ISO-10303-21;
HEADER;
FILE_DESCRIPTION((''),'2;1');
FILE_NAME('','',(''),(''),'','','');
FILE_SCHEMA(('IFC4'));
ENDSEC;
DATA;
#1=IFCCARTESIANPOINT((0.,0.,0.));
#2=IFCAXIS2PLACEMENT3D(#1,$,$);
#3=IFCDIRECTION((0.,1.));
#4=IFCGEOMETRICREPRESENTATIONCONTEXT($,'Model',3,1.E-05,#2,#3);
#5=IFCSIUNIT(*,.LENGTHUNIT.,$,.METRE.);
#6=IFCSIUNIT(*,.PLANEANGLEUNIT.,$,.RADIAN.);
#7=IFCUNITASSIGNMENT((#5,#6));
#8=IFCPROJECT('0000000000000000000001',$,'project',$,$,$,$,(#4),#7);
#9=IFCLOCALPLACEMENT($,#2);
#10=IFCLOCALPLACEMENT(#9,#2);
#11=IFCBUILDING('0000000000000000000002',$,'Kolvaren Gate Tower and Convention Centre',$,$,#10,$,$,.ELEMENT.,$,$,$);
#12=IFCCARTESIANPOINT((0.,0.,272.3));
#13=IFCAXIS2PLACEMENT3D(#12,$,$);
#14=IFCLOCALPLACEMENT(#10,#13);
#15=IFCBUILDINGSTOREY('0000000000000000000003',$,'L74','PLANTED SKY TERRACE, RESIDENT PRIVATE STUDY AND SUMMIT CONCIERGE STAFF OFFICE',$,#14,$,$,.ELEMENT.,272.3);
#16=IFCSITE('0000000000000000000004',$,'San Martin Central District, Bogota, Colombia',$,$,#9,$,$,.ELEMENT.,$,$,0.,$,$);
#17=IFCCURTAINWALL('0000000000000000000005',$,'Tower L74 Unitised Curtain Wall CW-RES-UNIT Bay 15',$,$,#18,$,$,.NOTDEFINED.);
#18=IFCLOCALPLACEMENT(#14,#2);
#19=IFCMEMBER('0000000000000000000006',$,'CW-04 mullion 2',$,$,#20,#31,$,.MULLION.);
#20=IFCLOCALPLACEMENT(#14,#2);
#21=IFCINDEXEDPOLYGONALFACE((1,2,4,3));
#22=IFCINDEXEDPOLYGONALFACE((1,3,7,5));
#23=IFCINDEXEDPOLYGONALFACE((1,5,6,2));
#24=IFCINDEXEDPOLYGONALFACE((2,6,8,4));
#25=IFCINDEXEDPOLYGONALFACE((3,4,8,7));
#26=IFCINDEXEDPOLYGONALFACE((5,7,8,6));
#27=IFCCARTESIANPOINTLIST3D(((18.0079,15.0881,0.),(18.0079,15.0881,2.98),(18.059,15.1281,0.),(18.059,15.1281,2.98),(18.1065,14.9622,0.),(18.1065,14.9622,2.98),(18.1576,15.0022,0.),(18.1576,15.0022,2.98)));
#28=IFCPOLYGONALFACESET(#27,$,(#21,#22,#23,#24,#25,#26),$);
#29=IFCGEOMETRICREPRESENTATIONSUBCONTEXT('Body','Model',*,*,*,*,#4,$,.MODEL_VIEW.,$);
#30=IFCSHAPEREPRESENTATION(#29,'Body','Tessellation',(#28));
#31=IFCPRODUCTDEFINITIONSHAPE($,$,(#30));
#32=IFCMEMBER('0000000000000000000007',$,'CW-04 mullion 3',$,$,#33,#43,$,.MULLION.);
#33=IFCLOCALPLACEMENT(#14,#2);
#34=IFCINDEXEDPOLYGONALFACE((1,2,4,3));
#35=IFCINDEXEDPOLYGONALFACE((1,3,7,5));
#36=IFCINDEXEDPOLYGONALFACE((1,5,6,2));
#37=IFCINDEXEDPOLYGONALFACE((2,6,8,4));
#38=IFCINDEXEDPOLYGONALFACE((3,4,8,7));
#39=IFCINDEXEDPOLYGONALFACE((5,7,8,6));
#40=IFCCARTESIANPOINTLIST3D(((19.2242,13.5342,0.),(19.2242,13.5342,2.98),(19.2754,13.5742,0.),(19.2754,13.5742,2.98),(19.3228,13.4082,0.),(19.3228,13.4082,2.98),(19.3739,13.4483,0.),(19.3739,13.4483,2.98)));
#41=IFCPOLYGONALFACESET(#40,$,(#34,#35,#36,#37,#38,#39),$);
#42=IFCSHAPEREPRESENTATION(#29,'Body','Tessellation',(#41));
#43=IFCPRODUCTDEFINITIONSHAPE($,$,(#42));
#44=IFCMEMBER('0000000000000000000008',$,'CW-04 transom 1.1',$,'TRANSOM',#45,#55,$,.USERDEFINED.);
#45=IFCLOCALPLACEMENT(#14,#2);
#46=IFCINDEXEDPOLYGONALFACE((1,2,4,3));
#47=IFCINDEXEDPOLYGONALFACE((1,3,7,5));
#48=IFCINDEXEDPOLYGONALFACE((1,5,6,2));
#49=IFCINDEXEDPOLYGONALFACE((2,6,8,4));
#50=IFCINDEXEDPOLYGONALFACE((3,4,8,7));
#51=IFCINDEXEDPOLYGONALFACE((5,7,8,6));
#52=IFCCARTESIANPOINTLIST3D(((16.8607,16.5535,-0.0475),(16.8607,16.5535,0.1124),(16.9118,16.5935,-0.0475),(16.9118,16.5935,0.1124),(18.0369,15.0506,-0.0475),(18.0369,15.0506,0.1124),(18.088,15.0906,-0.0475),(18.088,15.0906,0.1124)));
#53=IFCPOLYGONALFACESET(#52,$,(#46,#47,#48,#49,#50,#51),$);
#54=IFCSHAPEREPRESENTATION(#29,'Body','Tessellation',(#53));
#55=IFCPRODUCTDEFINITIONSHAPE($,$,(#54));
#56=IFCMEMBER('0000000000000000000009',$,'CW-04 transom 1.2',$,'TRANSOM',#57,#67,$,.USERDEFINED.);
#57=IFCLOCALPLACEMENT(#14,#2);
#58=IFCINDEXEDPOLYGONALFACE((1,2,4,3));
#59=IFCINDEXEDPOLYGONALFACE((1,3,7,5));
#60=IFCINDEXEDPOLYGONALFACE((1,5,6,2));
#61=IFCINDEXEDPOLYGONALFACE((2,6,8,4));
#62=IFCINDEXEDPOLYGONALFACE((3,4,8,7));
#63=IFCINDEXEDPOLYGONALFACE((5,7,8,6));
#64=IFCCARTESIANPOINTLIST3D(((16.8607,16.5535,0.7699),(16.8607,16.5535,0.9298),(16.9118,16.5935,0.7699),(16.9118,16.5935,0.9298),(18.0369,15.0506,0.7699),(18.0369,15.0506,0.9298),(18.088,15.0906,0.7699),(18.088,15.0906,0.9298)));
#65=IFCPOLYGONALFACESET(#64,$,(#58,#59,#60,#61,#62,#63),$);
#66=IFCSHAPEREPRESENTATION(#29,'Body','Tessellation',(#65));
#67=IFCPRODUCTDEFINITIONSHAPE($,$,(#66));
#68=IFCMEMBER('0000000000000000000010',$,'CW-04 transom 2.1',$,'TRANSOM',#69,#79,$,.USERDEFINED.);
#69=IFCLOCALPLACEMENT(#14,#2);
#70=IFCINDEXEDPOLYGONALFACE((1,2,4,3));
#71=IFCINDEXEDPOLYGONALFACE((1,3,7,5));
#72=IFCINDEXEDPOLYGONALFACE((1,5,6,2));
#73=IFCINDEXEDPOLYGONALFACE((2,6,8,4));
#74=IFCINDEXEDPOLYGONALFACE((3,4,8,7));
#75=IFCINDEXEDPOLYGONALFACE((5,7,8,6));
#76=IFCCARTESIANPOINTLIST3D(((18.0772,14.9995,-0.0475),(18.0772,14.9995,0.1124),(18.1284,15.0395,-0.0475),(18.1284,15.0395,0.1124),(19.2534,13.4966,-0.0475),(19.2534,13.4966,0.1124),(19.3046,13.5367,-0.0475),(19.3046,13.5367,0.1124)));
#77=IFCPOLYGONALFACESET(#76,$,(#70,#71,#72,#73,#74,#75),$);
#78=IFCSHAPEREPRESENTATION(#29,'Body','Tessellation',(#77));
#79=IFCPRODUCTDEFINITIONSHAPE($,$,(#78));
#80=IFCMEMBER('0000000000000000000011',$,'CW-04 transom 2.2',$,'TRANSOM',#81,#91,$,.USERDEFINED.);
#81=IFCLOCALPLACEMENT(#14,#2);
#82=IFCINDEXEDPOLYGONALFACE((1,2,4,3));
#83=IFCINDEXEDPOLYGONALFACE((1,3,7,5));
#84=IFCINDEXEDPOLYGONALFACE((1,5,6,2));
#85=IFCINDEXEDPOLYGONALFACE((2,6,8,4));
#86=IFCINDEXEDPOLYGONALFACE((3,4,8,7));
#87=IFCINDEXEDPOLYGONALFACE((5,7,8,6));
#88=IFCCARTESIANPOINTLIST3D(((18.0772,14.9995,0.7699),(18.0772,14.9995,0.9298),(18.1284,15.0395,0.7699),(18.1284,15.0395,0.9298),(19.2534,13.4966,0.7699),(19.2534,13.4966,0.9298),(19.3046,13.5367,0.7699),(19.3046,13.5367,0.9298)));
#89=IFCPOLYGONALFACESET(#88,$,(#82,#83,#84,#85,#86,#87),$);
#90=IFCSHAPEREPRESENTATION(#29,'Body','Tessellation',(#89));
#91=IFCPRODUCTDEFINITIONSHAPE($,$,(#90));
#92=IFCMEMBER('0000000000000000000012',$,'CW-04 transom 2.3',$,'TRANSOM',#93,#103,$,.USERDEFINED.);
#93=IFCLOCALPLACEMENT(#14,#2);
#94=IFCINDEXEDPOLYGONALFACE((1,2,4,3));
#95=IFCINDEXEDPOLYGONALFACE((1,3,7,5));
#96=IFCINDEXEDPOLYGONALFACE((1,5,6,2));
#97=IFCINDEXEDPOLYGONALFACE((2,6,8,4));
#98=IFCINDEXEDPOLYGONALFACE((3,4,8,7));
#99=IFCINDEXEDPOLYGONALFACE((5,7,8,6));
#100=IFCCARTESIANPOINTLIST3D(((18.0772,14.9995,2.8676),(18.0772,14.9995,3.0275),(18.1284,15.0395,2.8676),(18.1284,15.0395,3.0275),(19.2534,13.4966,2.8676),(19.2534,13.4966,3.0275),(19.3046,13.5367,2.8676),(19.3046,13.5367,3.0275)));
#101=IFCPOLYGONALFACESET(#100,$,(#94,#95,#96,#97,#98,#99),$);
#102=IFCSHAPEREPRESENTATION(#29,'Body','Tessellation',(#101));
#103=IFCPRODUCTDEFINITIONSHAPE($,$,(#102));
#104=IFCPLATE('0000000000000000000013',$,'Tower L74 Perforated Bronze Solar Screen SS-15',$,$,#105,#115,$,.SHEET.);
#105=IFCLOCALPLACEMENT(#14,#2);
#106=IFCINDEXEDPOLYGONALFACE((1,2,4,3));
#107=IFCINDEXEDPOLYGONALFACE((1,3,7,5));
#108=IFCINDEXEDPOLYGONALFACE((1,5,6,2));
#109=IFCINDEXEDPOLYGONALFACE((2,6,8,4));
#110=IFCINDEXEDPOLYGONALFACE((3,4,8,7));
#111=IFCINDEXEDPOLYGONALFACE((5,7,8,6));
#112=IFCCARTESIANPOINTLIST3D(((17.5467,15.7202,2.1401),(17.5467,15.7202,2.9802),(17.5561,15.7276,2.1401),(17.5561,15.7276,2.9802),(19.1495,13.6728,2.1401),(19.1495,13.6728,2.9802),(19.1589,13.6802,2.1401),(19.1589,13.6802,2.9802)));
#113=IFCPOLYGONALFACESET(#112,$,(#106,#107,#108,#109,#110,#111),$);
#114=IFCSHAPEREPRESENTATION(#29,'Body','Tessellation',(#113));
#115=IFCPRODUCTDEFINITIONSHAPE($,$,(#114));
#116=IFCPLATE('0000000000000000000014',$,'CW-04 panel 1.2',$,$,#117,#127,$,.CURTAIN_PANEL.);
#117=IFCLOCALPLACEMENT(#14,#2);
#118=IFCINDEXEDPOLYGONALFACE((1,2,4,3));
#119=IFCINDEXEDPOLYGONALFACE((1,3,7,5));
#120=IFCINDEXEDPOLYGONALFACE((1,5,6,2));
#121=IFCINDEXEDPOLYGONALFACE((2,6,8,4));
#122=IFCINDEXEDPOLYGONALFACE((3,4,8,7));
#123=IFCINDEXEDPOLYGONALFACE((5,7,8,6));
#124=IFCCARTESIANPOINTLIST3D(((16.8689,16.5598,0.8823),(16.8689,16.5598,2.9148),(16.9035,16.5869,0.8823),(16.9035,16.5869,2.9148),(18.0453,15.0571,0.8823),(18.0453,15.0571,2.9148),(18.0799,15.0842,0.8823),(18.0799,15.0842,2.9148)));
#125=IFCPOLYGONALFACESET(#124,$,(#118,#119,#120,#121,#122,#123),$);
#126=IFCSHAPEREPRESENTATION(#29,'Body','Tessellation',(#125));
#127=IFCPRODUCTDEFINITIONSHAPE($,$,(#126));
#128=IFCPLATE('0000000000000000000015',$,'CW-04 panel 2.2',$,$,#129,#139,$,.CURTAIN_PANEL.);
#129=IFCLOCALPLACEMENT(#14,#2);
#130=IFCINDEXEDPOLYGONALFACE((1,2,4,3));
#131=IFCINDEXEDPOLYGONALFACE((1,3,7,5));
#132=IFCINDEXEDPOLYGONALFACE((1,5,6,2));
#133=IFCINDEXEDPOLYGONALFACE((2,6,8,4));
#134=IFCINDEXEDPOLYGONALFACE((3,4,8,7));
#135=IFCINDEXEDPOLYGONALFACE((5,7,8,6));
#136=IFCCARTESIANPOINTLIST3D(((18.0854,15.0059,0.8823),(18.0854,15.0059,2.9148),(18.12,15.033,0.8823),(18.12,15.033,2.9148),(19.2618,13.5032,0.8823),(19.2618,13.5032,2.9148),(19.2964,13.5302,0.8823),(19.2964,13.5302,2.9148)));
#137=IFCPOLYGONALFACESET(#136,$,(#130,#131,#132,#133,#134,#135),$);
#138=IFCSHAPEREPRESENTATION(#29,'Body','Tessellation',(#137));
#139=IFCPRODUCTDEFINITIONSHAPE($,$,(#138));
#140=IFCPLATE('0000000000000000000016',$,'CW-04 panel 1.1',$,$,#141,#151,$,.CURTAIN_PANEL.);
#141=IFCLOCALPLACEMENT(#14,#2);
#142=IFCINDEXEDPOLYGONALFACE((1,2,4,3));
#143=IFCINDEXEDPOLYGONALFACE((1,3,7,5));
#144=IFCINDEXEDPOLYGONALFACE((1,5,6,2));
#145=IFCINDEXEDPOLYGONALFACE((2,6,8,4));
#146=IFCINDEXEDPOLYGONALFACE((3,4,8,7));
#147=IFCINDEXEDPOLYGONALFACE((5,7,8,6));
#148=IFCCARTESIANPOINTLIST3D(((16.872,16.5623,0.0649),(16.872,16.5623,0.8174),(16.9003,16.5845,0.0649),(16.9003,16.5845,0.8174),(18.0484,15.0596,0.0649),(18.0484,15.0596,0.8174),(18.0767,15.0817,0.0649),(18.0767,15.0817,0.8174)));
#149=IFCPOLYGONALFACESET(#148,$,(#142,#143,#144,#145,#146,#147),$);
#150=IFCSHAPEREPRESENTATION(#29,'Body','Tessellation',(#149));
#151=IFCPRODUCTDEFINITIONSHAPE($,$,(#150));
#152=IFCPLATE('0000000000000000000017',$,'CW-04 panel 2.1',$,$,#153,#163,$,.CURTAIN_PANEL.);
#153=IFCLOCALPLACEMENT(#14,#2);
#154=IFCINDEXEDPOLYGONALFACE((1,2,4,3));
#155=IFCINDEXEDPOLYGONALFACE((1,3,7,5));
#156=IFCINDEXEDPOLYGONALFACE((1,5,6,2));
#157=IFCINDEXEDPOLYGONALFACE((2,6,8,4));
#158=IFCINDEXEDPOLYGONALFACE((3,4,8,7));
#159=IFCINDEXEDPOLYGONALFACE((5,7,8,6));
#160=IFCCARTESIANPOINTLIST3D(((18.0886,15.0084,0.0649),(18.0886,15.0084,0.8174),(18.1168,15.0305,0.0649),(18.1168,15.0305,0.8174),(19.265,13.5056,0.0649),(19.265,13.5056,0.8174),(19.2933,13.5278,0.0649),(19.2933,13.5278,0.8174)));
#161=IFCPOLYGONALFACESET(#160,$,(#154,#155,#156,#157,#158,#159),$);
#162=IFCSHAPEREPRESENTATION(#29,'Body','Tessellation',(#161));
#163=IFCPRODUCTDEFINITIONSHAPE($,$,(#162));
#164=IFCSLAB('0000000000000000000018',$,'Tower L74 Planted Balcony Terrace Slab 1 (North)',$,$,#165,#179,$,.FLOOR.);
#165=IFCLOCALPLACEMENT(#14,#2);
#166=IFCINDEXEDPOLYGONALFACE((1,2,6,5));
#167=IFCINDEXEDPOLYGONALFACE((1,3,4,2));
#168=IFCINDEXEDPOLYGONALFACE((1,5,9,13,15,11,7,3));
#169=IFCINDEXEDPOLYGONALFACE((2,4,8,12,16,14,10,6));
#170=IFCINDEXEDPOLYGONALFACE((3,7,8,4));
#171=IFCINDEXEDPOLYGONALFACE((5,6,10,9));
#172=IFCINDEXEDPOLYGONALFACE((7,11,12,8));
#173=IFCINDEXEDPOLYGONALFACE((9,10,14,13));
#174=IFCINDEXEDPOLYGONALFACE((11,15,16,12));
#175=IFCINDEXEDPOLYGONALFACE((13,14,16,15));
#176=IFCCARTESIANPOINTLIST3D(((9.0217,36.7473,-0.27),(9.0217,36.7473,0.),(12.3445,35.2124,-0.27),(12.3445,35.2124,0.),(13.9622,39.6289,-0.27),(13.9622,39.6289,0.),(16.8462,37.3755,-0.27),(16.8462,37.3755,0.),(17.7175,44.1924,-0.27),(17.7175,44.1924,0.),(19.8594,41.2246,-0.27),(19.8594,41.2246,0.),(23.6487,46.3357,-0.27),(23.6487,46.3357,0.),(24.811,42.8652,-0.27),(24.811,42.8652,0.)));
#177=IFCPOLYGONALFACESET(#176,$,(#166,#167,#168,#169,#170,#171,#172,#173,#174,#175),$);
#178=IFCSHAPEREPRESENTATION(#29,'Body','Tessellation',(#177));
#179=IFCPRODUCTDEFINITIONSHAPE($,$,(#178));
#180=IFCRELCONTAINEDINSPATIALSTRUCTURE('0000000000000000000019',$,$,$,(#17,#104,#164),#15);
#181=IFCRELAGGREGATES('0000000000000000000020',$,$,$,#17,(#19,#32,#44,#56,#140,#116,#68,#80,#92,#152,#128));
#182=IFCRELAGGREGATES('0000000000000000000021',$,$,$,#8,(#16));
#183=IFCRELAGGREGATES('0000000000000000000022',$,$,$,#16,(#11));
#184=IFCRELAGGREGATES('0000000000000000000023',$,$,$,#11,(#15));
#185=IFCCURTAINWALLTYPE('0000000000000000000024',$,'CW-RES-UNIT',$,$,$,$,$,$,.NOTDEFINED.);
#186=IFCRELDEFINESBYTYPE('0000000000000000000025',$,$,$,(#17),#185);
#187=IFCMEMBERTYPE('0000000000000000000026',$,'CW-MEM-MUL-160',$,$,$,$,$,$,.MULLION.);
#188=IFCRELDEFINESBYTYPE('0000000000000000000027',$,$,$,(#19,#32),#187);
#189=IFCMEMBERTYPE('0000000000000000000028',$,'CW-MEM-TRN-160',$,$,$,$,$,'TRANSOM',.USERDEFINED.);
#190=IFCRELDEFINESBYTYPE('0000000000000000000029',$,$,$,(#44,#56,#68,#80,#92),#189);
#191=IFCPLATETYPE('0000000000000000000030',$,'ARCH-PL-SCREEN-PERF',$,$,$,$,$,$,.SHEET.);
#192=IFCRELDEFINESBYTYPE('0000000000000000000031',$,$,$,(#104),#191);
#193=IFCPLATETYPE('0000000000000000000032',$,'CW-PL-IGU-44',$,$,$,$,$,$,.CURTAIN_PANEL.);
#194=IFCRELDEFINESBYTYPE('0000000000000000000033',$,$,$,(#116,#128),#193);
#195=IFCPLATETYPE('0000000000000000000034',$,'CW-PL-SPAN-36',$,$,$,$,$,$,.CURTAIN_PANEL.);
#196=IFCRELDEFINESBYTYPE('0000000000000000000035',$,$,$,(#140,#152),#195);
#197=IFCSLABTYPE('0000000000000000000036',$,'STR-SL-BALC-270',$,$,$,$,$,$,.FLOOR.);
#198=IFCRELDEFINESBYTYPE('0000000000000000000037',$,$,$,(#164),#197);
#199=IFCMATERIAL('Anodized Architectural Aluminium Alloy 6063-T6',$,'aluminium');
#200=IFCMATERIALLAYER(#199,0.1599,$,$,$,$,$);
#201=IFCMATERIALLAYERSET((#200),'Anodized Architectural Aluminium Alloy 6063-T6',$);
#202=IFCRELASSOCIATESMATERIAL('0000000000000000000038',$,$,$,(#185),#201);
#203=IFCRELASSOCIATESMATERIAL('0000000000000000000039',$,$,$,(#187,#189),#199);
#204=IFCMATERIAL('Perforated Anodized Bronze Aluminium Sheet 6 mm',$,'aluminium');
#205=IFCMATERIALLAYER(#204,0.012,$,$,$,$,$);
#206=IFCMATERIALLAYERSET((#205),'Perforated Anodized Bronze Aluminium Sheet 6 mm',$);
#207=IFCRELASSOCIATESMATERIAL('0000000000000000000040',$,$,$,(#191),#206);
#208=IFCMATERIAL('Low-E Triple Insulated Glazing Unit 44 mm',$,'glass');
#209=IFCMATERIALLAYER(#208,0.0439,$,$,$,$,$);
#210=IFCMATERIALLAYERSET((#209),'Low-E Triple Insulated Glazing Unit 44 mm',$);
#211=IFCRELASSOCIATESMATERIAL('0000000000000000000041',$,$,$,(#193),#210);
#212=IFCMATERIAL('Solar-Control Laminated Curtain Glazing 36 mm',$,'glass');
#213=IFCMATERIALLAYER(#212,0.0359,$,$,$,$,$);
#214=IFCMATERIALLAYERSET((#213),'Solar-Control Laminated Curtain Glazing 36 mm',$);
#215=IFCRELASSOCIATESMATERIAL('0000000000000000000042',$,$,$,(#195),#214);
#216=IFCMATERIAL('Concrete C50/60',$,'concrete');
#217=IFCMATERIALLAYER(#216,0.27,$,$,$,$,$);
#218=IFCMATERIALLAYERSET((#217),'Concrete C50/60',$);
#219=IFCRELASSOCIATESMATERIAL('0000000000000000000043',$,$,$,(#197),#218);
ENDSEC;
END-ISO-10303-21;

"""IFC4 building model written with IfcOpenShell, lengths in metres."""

from ifc_helpers import new_model, si_unit, direction, frame, origin, origin_2d, place, context, subcontext, project, spatial, polyline, rectangle, outline, extrude, material, layer, layer_set, material_profile, profile_set, type_object, element, aggregate, save


model = new_model("IFC4")

# Units and contexts
model_context = context("Model", 3, precision=1e-05, world=origin(), true_north=direction((0.0, 1.0)))
body_context = subcontext(model_context, "Body", "Model", "MODEL_VIEW")
ifc_project = project(units=[si_unit("LENGTHUNIT", "METRE"), si_unit("PLANEANGLEUNIT", "RADIAN")], contexts=[model_context])

# Site, building, storey
site_placement = place(None, origin())
site = spatial("IfcSite", under=ifc_project, at=site_placement, Name="San Martin Central District, Bogota, Colombia", CompositionType="ELEMENT", RefElevation=0.0)
building_placement = place(site_placement, origin())
building = spatial("IfcBuilding", under=site, at=building_placement, Name="Kolvaren Gate Tower and Convention Centre", CompositionType="ELEMENT")
storey_placement = place(building_placement, frame((0.0, 0.0, 272.3)))
storey = spatial("IfcBuildingStorey", under=building, at=storey_placement, Name="L74", Description="PLANTED SKY TERRACE, RESIDENT PRIVATE STUDY AND SUMMIT CONCIERGE STAFF OFFICE", CompositionType="ELEMENT", Elevation=272.3)

# Curtain wall, members
ifc_material_1 = material(Name="Anodized Architectural Aluminium Alloy 6063-T6", Category="aluminium")
ifc_layer_1 = layer(ifc_material_1, 0.1599)
ifc_layer_set_1 = layer_set([ifc_layer_1], Name="Anodized Architectural Aluminium Alloy 6063-T6")
curtain_wall_type = type_object("IfcCurtainWallType", Name="CW-RES-UNIT", PredefinedType="NOTDEFINED", material=ifc_layer_set_1)
curtain_wall_placement = place(storey_placement, origin())
curtain_wall = element("IfcCurtainWall", 1, at=curtain_wall_placement, inside=storey, type_object=curtain_wall_type, Name="Tower L74 Unitised Curtain Wall CW-RES-UNIT Bay 15", PredefinedType="NOTDEFINED")
ifc_material_profile_1 = material_profile(ifc_material_1, rectangle(XDim=0.0649, YDim=0.1599, at=origin_2d()), Name="CW-MEM-MUL-160")
ifc_profile_set_1 = profile_set([ifc_material_profile_1], Name="Anodized Architectural Aluminium Alloy 6063-T6")
member_type_1 = type_object("IfcMemberType", Name="CW-MEM-MUL-160", PredefinedType="MULLION", material=ifc_profile_set_1)
member_1_placement = place(storey_placement, frame((18.0828, 15.0452, 0.0), z_axis=(0.0, 0.0, 1.0), x_axis=(0.787413, 0.616426, 0.0)))
member_1 = element("IfcMember", 2, at=member_1_placement, type_object=member_type_1, Name="CW-04 mullion 2", PredefinedType="MULLION", context=body_context, shape_type="SweptSolid", body=[
    extrude(rectangle(XDim=0.0649, YDim=0.1599, at=origin_2d()), origin(), (0.0, 0.0, 1.0), 2.98),
])
member_2_placement = place(storey_placement, frame((19.2991, 13.4912, 0.0), z_axis=(0.0, 0.0, 1.0), x_axis=(0.787413, 0.616426, 0.0)))
member_2 = element("IfcMember", 3, at=member_2_placement, type_object=member_type_1, Name="CW-04 mullion 3", PredefinedType="MULLION", context=body_context, shape_type="SweptSolid", body=[
    extrude(rectangle(XDim=0.0649, YDim=0.1599, at=origin_2d()), origin(), (0.0, 0.0, 1.0), 2.98),
])
ifc_material_profile_2 = material_profile(ifc_material_1, rectangle(XDim=0.0649, YDim=0.1599, at=origin_2d()), Name="CW-MEM-TRN-160")
ifc_profile_set_2 = profile_set([ifc_material_profile_2], Name="Anodized Architectural Aluminium Alloy 6063-T6")
member_type_2 = type_object("IfcMemberType", Name="CW-MEM-TRN-160", ElementType="TRANSOM", PredefinedType="USERDEFINED", material=ifc_profile_set_2)
member_3_placement = place(storey_placement, frame((16.8862, 16.5735, 0.0325), z_axis=(0.616329, -0.787489, 0.0), x_axis=(0.787489, 0.616329, 0.0)))
member_3 = element("IfcMember", 4, at=member_3_placement, type_object=member_type_2, Name="CW-04 transom 1.1", ObjectType="TRANSOM", PredefinedType="USERDEFINED", context=body_context, shape_type="SweptSolid", body=[
    extrude(rectangle(XDim=0.0649, YDim=0.1599, at=origin_2d()), origin(), (0.0, 0.0, 1.0), 1.9084),
])
member_4_placement = place(storey_placement, frame((16.8862, 16.5735, 0.8499), z_axis=(0.616329, -0.787489, 0.0), x_axis=(0.787489, 0.616329, 0.0)))
member_4 = element("IfcMember", 5, at=member_4_placement, type_object=member_type_2, Name="CW-04 transom 1.2", ObjectType="TRANSOM", PredefinedType="USERDEFINED", context=body_context, shape_type="SweptSolid", body=[
    extrude(rectangle(XDim=0.0649, YDim=0.1599, at=origin_2d()), origin(), (0.0, 0.0, 1.0), 1.9084),
])
member_5_placement = place(storey_placement, frame((18.1028, 15.0195, 0.0325), z_axis=(0.616329, -0.787489, 0.0), x_axis=(0.787489, 0.616329, 0.0)))
member_5 = element("IfcMember", 6, at=member_5_placement, type_object=member_type_2, Name="CW-04 transom 2.1", ObjectType="TRANSOM", PredefinedType="USERDEFINED", context=body_context, shape_type="SweptSolid", body=[
    extrude(rectangle(XDim=0.0649, YDim=0.1599, at=origin_2d()), origin(), (0.0, 0.0, 1.0), 1.9084),
])
member_6_placement = place(storey_placement, frame((18.1028, 15.0195, 0.8499), z_axis=(0.616329, -0.787489, 0.0), x_axis=(0.787489, 0.616329, 0.0)))
member_6 = element("IfcMember", 7, at=member_6_placement, type_object=member_type_2, Name="CW-04 transom 2.2", ObjectType="TRANSOM", PredefinedType="USERDEFINED", context=body_context, shape_type="SweptSolid", body=[
    extrude(rectangle(XDim=0.0649, YDim=0.1599, at=origin_2d()), origin(), (0.0, 0.0, 1.0), 1.9084),
])
member_7_placement = place(storey_placement, frame((18.1028, 15.0195, 2.9475), z_axis=(0.616329, -0.787489, 0.0), x_axis=(0.787489, 0.616329, 0.0)))
member_7 = element("IfcMember", 8, at=member_7_placement, type_object=member_type_2, Name="CW-04 transom 2.3", ObjectType="TRANSOM", PredefinedType="USERDEFINED", context=body_context, shape_type="SweptSolid", body=[
    extrude(rectangle(XDim=0.0649, YDim=0.1599, at=origin_2d()), origin(), (0.0, 0.0, 1.0), 1.9084),
])

# Plates
ifc_material_2 = material(Name="Perforated Anodized Bronze Aluminium Sheet 6 mm", Category="aluminium")
ifc_layer_2 = layer(ifc_material_2, 0.012)
ifc_layer_set_2 = layer_set([ifc_layer_2], Name="Perforated Anodized Bronze Aluminium Sheet 6 mm")
plate_type_1 = type_object("IfcPlateType", Name="ARCH-PL-SCREEN-PERF", PredefinedType="SHEET", material=ifc_layer_set_2)
plate_1_placement = place(storey_placement, frame((18.3528, 14.7002, 2.1401), z_axis=(0.0, 0.0, 1.0), x_axis=(0.61643, -0.78741, 0.0)))
element("IfcPlate", 9, at=plate_1_placement, inside=storey, type_object=plate_type_1, Name="Tower L74 Perforated Bronze Solar Screen SS-15", PredefinedType="SHEET", context=body_context, shape_type="SweptSolid", body=[
    extrude(rectangle(XDim=2.6001, YDim=0.012, at=origin_2d()), origin(), (0.0, 0.0, 1.0), 0.8401),
])
ifc_material_3 = material(Name="Low-E Triple Insulated Glazing Unit 44 mm", Category="glass")
ifc_layer_3 = layer(ifc_material_3, 0.0439)
ifc_layer_set_3 = layer_set([ifc_layer_3], Name="Low-E Triple Insulated Glazing Unit 44 mm")
plate_type_2 = type_object("IfcPlateType", Name="CW-PL-IGU-44", PredefinedType="CURTAIN_PANEL", material=ifc_layer_set_3)
plate_2_placement = place(storey_placement, frame((17.4744, 15.822, 0.8823), z_axis=(0.0, 0.0, 1.0), x_axis=(0.616426, -0.787413, 0.0)))
plate_2 = element("IfcPlate", 10, at=plate_2_placement, type_object=plate_type_2, Name="CW-04 panel 1.2", PredefinedType="CURTAIN_PANEL", context=body_context, shape_type="SweptSolid", body=[
    extrude(rectangle(XDim=1.9084, YDim=0.0439, at=origin_2d()), origin(), (0.0, 0.0, 1.0), 2.0325),
])
plate_3_placement = place(storey_placement, frame((18.6909, 14.2681, 0.8823), z_axis=(0.0, 0.0, 1.0), x_axis=(0.616426, -0.787413, 0.0)))
plate_3 = element("IfcPlate", 11, at=plate_3_placement, type_object=plate_type_2, Name="CW-04 panel 2.2", PredefinedType="CURTAIN_PANEL", context=body_context, shape_type="SweptSolid", body=[
    extrude(rectangle(XDim=1.9084, YDim=0.0439, at=origin_2d()), origin(), (0.0, 0.0, 1.0), 2.0325),
])
ifc_material_4 = material(Name="Solar-Control Laminated Curtain Glazing 36 mm", Category="glass")
ifc_layer_4 = layer(ifc_material_4, 0.0359)
ifc_layer_set_4 = layer_set([ifc_layer_4], Name="Solar-Control Laminated Curtain Glazing 36 mm")
plate_type_3 = type_object("IfcPlateType", Name="CW-PL-SPAN-36", PredefinedType="CURTAIN_PANEL", material=ifc_layer_set_4)
plate_4_placement = place(storey_placement, frame((17.4744, 15.822, 0.0649), z_axis=(0.0, 0.0, 1.0), x_axis=(0.616426, -0.787413, 0.0)))
plate_4 = element("IfcPlate", 12, at=plate_4_placement, type_object=plate_type_3, Name="CW-04 panel 1.1", PredefinedType="CURTAIN_PANEL", context=body_context, shape_type="SweptSolid", body=[
    extrude(rectangle(XDim=1.9084, YDim=0.0359, at=origin_2d()), origin(), (0.0, 0.0, 1.0), 0.7524),
])
plate_5_placement = place(storey_placement, frame((18.6909, 14.2681, 0.0649), z_axis=(0.0, 0.0, 1.0), x_axis=(0.616426, -0.787413, 0.0)))
plate_5 = element("IfcPlate", 13, at=plate_5_placement, type_object=plate_type_3, Name="CW-04 panel 2.1", PredefinedType="CURTAIN_PANEL", context=body_context, shape_type="SweptSolid", body=[
    extrude(rectangle(XDim=1.9084, YDim=0.0359, at=origin_2d()), origin(), (0.0, 0.0, 1.0), 0.7524),
])
aggregate(curtain_wall, [member_1, member_2, member_3, member_4, plate_4, plate_2, member_5, member_6, member_7, plate_5, plate_3])

# Slab
ifc_material_5 = material(Name="Concrete C50/60", Category="concrete")
ifc_layer_5 = layer(ifc_material_5, 0.27)
ifc_layer_set_5 = layer_set([ifc_layer_5], Name="Concrete C50/60")
slab_type_1 = type_object("IfcSlabType", Name="STR-SL-BALC-270", PredefinedType="FLOOR", material=ifc_layer_set_5)
slab_1_placement = place(storey_placement, frame((0.0, 0.0, -0.27)))
element("IfcSlab", 14, at=slab_1_placement, inside=storey, type_object=slab_type_1, Name="Tower L74 Planted Balcony Terrace Slab 1 (North)", PredefinedType="FLOOR", context=body_context, shape_type="SweptSolid", body=[
    extrude(outline(polyline([(24.811, 42.8652), (19.8594, 41.2246), (16.8462, 37.3755), (12.3445, 35.2124), (9.0217, 36.7473), (13.9622, 39.6289), (17.7175, 44.1924), (23.6487, 46.3357), (24.811, 42.8652)])), origin(), (0.0, 0.0, 1.0), 0.27),
])

save(model, "model.ifc")
